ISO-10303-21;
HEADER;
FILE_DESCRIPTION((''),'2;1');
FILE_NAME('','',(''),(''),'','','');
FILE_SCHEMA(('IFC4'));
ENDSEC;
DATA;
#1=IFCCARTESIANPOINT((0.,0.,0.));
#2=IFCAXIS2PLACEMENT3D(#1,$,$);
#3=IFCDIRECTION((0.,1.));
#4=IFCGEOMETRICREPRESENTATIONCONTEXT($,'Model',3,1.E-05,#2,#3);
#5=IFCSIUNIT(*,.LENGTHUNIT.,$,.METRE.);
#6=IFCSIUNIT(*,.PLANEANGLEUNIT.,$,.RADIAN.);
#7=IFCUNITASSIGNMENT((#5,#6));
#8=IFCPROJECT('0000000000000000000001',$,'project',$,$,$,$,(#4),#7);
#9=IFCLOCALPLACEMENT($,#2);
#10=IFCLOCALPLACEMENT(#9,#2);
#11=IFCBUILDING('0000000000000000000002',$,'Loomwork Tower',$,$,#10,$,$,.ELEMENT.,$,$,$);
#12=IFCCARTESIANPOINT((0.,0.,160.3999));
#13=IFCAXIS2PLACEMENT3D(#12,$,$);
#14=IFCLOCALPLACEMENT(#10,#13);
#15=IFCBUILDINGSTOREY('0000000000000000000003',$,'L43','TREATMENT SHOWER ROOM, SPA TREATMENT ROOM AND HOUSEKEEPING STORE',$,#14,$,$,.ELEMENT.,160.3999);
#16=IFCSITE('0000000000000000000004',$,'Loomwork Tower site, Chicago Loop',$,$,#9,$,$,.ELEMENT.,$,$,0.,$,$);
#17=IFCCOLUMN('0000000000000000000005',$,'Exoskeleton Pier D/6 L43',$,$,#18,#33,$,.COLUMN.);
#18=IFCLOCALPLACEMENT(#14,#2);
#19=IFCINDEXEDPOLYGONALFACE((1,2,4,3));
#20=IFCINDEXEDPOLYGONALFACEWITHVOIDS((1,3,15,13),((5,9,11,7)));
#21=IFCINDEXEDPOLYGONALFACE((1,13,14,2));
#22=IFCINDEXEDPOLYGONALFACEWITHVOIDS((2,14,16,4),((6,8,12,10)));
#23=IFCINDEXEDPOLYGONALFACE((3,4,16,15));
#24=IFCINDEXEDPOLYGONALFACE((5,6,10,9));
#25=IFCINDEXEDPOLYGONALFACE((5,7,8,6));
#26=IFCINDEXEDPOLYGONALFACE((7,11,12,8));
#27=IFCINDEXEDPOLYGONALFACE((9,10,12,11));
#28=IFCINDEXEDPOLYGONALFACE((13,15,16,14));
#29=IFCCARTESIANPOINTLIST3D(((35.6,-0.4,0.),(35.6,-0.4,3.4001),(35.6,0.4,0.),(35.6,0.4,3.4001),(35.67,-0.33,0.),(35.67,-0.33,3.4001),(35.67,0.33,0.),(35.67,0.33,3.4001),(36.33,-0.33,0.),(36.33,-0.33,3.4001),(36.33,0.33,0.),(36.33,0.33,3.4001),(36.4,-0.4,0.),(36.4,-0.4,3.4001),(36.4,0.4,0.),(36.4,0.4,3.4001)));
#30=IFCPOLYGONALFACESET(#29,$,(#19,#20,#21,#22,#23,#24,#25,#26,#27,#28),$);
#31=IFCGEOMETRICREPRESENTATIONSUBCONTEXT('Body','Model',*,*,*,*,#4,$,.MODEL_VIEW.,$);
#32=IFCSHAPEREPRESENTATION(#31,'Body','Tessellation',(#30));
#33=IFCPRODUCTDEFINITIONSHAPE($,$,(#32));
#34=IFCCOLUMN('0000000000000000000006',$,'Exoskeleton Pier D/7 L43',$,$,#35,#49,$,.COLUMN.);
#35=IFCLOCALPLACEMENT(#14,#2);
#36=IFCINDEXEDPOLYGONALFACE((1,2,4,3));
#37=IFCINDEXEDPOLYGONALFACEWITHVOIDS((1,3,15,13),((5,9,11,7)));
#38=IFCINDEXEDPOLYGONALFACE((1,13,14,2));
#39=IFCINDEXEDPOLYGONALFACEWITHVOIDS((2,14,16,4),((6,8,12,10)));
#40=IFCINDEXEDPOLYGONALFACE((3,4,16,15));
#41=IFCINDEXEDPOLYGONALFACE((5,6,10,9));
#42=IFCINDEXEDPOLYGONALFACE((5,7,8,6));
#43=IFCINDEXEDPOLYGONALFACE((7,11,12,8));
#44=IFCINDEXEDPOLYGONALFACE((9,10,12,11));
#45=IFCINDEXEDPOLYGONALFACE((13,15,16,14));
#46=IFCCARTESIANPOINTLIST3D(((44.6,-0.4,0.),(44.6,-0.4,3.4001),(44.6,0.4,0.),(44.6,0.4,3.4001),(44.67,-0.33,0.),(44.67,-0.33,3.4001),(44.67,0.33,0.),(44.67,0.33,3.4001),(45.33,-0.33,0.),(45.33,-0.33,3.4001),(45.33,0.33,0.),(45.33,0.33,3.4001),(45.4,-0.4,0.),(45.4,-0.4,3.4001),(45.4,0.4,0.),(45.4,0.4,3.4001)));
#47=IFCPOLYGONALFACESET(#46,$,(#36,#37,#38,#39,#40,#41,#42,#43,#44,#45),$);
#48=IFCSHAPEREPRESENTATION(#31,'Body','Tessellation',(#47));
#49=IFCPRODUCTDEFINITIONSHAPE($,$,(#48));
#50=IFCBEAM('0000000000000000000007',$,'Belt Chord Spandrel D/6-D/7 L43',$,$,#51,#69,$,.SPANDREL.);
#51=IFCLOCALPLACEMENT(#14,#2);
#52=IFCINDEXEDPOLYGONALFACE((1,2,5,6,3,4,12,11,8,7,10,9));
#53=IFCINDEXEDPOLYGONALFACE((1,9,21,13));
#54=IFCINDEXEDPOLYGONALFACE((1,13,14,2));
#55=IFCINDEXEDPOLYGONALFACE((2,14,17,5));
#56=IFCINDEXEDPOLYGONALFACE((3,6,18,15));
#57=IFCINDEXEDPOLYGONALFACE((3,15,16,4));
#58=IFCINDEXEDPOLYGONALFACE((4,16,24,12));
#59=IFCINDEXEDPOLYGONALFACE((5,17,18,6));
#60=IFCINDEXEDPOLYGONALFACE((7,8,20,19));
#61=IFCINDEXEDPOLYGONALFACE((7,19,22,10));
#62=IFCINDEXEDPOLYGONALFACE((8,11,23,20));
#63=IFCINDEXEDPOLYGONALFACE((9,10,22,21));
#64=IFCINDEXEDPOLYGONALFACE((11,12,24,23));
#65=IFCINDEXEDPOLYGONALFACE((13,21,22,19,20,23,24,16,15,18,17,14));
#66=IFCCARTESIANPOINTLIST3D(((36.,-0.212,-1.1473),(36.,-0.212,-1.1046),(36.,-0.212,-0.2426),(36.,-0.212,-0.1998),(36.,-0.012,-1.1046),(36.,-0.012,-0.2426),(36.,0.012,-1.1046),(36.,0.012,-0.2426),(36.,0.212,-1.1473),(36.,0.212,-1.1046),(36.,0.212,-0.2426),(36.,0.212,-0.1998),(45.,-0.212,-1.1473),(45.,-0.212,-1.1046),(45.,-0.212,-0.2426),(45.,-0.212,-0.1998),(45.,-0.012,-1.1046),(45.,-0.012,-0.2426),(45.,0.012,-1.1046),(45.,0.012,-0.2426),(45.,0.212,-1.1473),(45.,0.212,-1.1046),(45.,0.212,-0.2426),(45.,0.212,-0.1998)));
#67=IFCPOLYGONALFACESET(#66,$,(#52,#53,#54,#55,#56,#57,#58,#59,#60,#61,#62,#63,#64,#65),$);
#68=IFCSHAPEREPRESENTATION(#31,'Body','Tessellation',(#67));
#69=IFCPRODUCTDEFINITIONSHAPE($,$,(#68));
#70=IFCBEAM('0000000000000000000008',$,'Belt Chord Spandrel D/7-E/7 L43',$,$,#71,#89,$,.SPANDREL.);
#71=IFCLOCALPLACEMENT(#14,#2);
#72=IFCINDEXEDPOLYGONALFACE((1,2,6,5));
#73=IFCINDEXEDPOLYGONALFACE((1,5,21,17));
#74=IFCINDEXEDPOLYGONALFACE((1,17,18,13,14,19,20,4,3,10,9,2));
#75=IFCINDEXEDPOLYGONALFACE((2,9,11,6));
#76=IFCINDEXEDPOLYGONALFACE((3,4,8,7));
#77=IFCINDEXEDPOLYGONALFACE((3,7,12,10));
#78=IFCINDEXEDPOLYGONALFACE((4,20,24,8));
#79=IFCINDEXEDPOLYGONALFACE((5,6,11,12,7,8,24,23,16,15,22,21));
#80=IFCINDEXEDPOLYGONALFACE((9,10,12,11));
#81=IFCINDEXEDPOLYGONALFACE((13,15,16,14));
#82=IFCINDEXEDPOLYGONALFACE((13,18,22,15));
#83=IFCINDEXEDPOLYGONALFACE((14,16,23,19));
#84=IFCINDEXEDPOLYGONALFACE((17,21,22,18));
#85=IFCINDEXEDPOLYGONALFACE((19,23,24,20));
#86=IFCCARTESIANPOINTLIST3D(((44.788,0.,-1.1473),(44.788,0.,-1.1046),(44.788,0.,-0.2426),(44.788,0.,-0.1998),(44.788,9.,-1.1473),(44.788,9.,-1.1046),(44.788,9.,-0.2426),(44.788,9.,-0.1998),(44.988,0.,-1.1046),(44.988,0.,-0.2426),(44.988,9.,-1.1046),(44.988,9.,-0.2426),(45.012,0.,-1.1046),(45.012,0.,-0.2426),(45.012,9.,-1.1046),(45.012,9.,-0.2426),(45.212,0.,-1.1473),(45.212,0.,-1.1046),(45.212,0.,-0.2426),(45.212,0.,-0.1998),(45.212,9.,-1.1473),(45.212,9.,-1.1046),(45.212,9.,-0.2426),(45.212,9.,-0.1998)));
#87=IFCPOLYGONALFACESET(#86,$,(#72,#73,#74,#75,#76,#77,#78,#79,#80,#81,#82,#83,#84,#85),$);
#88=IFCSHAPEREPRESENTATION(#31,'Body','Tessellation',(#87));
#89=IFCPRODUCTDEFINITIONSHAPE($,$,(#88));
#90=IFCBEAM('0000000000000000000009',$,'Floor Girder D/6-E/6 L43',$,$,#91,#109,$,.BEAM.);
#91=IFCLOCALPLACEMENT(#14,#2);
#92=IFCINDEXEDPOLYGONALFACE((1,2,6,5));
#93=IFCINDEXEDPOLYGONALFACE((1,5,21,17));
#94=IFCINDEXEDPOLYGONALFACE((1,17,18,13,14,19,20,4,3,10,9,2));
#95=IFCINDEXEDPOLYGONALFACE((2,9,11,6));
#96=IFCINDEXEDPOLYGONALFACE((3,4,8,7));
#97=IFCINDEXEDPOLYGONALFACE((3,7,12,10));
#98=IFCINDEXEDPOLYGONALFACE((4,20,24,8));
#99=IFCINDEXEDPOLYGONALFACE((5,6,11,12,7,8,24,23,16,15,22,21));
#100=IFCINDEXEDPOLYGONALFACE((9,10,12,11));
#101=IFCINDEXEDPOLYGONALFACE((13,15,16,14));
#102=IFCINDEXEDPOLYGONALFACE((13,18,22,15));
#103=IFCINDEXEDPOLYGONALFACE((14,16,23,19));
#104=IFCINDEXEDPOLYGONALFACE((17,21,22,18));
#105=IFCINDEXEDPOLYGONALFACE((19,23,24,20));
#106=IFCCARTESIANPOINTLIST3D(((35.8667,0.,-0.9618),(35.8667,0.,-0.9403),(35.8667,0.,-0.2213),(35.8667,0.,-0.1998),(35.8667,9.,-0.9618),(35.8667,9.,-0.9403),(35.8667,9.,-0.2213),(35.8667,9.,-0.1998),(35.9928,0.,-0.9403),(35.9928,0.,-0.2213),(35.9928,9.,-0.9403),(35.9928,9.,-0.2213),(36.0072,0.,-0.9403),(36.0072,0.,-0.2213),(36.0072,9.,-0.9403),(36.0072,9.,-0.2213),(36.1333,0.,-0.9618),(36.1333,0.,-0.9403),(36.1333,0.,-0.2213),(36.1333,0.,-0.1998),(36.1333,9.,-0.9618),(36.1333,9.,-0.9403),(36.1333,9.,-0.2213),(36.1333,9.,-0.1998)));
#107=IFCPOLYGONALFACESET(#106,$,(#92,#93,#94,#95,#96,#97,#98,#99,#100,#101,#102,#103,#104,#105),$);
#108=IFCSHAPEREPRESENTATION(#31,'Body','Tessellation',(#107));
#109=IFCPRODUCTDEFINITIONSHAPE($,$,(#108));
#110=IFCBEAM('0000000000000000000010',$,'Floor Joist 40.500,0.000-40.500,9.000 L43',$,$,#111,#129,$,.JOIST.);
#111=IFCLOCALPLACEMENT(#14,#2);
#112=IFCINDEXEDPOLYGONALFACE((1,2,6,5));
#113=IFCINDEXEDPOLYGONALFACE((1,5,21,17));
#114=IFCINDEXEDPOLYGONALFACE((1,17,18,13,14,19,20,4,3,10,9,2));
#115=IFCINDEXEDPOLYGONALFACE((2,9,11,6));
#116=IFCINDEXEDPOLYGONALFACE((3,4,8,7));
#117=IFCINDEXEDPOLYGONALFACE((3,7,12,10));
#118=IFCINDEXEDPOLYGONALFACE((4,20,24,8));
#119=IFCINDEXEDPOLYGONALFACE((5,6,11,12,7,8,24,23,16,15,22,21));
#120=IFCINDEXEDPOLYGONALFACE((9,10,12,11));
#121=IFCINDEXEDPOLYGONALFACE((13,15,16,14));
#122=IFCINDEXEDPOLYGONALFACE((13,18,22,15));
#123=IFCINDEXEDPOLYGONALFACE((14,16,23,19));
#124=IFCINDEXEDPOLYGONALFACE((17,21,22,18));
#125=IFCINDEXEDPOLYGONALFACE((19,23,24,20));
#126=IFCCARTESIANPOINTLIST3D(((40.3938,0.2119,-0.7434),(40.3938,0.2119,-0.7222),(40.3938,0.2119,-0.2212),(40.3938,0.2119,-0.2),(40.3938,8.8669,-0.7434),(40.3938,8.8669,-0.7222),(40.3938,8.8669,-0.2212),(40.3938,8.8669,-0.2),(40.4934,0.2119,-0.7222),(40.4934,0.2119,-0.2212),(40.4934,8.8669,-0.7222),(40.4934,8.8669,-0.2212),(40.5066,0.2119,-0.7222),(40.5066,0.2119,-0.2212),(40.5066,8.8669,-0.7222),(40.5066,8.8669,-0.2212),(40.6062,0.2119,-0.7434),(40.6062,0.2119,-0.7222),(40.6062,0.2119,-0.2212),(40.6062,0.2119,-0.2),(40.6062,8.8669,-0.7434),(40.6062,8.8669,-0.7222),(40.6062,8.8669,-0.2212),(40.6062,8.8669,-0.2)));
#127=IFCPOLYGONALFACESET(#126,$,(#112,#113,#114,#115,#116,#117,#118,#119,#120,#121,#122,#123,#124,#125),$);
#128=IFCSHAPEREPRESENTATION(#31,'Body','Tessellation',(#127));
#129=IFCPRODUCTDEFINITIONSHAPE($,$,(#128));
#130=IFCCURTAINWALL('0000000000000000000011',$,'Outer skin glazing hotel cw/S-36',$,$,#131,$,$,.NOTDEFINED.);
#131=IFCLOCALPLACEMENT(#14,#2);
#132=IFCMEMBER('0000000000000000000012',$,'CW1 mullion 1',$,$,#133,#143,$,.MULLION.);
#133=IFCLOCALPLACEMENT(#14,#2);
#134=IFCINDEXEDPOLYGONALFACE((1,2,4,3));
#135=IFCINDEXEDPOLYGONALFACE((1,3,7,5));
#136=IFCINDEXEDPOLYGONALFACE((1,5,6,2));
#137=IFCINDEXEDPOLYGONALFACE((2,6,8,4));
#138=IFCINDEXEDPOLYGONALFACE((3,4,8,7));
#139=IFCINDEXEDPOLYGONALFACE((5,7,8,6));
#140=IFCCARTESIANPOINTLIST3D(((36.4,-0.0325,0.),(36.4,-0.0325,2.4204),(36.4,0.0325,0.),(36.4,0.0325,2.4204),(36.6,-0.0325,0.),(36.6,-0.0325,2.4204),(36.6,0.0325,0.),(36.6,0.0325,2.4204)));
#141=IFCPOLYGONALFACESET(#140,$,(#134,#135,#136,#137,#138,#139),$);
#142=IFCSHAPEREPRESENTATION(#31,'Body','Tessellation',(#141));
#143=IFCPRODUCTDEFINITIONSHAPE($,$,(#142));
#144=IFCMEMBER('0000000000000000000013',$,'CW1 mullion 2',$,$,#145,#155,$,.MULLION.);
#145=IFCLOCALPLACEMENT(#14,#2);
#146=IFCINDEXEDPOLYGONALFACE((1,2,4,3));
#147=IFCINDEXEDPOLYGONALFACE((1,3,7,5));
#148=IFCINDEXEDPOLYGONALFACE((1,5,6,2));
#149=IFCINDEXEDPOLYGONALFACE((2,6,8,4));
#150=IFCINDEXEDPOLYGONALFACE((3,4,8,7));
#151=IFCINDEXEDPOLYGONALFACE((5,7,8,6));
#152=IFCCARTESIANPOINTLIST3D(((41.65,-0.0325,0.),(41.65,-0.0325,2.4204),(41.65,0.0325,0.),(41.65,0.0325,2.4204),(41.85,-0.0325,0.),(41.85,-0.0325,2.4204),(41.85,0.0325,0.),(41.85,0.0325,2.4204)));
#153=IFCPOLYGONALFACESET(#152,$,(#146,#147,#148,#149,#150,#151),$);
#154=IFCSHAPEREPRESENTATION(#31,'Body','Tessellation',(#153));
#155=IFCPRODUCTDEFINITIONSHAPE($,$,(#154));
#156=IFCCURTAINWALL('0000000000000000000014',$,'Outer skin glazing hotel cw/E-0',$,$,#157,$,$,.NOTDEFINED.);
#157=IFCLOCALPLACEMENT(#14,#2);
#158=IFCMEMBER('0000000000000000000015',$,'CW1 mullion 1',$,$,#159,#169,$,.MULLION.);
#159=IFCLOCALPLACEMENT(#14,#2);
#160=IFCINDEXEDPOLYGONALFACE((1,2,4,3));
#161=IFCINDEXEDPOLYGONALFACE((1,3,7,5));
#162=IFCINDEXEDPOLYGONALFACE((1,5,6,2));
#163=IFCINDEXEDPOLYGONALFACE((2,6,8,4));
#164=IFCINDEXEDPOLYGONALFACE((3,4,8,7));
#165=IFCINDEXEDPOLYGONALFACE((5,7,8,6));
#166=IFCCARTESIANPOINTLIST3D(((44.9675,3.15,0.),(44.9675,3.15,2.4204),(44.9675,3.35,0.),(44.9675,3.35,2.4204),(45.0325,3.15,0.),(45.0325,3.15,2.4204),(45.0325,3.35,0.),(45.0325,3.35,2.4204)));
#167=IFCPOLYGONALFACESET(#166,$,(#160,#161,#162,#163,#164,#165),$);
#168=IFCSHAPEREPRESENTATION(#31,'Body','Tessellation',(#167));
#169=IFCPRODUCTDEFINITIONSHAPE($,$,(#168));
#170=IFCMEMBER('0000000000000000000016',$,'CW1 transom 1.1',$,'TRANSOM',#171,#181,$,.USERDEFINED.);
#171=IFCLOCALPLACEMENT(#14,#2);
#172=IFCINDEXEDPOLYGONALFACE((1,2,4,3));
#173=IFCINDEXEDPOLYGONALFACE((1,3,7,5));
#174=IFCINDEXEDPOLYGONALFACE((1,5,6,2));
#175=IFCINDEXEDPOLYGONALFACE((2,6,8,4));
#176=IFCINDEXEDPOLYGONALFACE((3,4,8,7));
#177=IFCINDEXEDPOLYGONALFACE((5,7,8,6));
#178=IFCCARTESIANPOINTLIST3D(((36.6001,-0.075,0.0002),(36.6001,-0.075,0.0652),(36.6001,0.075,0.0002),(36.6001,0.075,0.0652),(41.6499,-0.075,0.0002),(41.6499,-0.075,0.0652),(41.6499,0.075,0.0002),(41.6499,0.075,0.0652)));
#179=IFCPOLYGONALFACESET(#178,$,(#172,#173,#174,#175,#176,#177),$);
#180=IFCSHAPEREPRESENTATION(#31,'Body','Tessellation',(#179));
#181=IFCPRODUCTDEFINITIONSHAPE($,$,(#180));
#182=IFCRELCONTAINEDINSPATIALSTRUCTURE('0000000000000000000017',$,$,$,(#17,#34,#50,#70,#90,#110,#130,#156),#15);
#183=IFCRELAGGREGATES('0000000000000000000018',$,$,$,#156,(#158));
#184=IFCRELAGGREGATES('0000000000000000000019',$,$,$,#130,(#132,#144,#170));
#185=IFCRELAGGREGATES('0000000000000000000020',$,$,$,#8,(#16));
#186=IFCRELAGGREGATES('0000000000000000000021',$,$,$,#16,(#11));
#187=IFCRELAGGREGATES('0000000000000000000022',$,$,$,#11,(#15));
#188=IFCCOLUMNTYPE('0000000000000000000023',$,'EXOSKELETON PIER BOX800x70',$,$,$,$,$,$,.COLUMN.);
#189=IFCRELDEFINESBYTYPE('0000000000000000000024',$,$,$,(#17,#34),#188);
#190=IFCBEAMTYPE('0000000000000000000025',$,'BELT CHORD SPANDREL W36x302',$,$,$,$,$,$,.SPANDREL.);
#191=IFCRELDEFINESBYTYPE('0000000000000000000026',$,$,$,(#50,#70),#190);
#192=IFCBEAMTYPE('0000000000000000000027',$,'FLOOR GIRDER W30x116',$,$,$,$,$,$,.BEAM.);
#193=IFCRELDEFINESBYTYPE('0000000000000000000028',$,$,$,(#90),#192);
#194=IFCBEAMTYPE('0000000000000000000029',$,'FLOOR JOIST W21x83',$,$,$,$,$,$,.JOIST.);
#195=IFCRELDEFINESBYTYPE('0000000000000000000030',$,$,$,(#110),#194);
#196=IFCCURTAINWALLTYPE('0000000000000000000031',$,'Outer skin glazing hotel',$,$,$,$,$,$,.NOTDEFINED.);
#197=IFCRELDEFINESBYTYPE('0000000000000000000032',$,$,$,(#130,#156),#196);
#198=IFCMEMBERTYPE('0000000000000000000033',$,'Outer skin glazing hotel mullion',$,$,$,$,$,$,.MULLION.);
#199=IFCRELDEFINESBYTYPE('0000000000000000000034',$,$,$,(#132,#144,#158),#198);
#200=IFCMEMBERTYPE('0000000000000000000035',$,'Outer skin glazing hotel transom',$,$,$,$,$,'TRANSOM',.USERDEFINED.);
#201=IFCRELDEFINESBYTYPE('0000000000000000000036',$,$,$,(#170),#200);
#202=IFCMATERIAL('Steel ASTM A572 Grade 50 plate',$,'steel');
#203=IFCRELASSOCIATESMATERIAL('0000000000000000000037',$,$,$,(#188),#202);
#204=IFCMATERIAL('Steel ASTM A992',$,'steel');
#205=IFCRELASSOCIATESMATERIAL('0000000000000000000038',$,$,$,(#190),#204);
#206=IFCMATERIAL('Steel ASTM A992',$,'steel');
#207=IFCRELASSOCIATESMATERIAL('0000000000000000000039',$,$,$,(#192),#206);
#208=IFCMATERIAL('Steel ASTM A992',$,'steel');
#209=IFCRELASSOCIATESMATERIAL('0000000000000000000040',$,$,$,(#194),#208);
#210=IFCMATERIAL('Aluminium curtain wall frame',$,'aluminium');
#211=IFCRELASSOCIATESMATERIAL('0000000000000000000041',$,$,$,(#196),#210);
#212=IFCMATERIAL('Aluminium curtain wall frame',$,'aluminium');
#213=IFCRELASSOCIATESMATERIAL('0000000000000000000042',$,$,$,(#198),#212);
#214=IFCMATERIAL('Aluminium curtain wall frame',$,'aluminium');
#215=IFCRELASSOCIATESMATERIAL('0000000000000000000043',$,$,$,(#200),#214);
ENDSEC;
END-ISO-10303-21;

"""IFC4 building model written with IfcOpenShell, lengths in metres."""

from ifc_helpers import new_model, si_unit, direction, frame, origin, origin_2d, place, context, subcontext, project, spatial, rectangle, hollow_rectangle, i_section, extrude, material, material_profile, profile_set, type_object, element, aggregate, save


model = new_model("IFC4")

# Units and contexts
model_context = context("Model", 3, precision=1e-05, world=origin(), true_north=direction((0.0, 1.0)))
body_context = subcontext(model_context, "Body", "Model", "MODEL_VIEW")
ifc_project = project(units=[si_unit("LENGTHUNIT", "METRE"), si_unit("PLANEANGLEUNIT", "RADIAN")], contexts=[model_context])

# Site, building, storey
site_placement = place(None, origin())
site = spatial("IfcSite", under=ifc_project, at=site_placement, Name="Loomwork Tower site, Chicago Loop", CompositionType="ELEMENT", RefElevation=0.0)
building_placement = place(site_placement, origin())
building = spatial("IfcBuilding", under=site, at=building_placement, Name="Loomwork Tower", CompositionType="ELEMENT")
storey_placement = place(building_placement, frame((0.0, 0.0, 160.3999)))
storey = spatial("IfcBuildingStorey", under=building, at=storey_placement, Name="L43", Description="TREATMENT SHOWER ROOM, SPA TREATMENT ROOM AND HOUSEKEEPING STORE", CompositionType="ELEMENT", Elevation=160.3999)

# Columns
ifc_material_1 = material(Name="Steel ASTM A572 Grade 50 plate", Category="steel")
ifc_material_profile_1 = material_profile(ifc_material_1, hollow_rectangle(XDim=0.8, YDim=0.8, WallThickness=0.0701, at=origin_2d()), Name="BOX800x70")
ifc_profile_set_1 = profile_set([ifc_material_profile_1], Name="Steel ASTM A572 Grade 50 plate")
column_type = type_object("IfcColumnType", Name="EXOSKELETON PIER BOX800x70", PredefinedType="COLUMN", material=ifc_profile_set_1)
for number, where, z_axis, x_axis, name in (
    (1, (36.0, 0.0, 0.0), (0.0, 0.0, 1.0), (1.0, 0.0, 0.0), "Exoskeleton Pier D/6 L43"),
    (2, (45.0, 0.0, 0.0), (0.0, 0.0, 1.0), (1.0, 0.0, 0.0), "Exoskeleton Pier D/7 L43"),
):
    element("IfcColumn", number, at=place(storey_placement, frame(where, z_axis=z_axis, x_axis=x_axis)), inside=storey, type_object=column_type, Name=name, PredefinedType="COLUMN", context=body_context, shape_type="SweptSolid", body=[
        extrude(hollow_rectangle(XDim=0.8, YDim=0.8, WallThickness=0.0701, at=origin_2d()), origin(), (0.0, 0.0, 1.0), 3.4001),
    ])

# Beams
ifc_material_2 = material(Name="Steel ASTM A992", Category="steel")
ifc_material_profile_2 = material_profile(ifc_material_2, i_section(OverallWidth=0.4241, OverallDepth=0.9475, WebThickness=0.0239, FlangeThickness=0.0427, at=origin_2d()), Name="W36x302")
ifc_profile_set_2 = profile_set([ifc_material_profile_2], Name="Steel ASTM A992")
beam_type_1 = type_object("IfcBeamType", Name="BELT CHORD SPANDREL W36x302", PredefinedType="SPANDREL", material=ifc_profile_set_2)
for number, where, z_axis, x_axis, name in (
    (3, (36.0, 0.0, -0.6736), (1.0, 0.0, 0.0), (0.0, 1.0, 0.0), "Belt Chord Spandrel D/6-D/7 L43"),
    (4, (45.0, 0.0, -0.6736), (0.0, 1.0, 0.0), (-1.0, 0.0, 0.0), "Belt Chord Spandrel D/7-E/7 L43"),
):
    element("IfcBeam", number, at=place(storey_placement, frame(where, z_axis=z_axis, x_axis=x_axis)), inside=storey, type_object=beam_type_1, Name=name, PredefinedType="SPANDREL", context=body_context, shape_type="SweptSolid", body=[
        extrude(i_section(OverallWidth=0.4241, OverallDepth=0.9475, WebThickness=0.0239, FlangeThickness=0.0427, at=origin_2d()), origin(), (0.0, 0.0, 1.0), 9.0),
    ])
ifc_material_3 = material(Name="Steel ASTM A992", Category="steel")
ifc_material_profile_3 = material_profile(ifc_material_3, i_section(OverallWidth=0.2666, OverallDepth=0.762, WebThickness=0.0144, FlangeThickness=0.0215, at=origin_2d()), Name="W30x116")
ifc_profile_set_3 = profile_set([ifc_material_profile_3], Name="Steel ASTM A992")
beam_type_2 = type_object("IfcBeamType", Name="FLOOR GIRDER W30x116", PredefinedType="BEAM", material=ifc_profile_set_3)
beam_1_placement = place(storey_placement, frame((36.0, 0.0, -0.5808), z_axis=(0.0, 1.0, 0.0), x_axis=(-1.0, 0.0, 0.0)))
element("IfcBeam", 5, at=beam_1_placement, inside=storey, type_object=beam_type_2, Name="Floor Girder D/6-E/6 L43", PredefinedType="BEAM", context=body_context, shape_type="SweptSolid", body=[
    extrude(i_section(OverallWidth=0.2666, OverallDepth=0.762, WebThickness=0.0144, FlangeThickness=0.0215, at=origin_2d()), origin(), (0.0, 0.0, 1.0), 9.0),
])
ifc_material_4 = material(Name="Steel ASTM A992", Category="steel")
ifc_material_profile_4 = material_profile(ifc_material_4, i_section(OverallWidth=0.2124, OverallDepth=0.5435, WebThickness=0.0132, FlangeThickness=0.0212, at=origin_2d()), Name="W21x83")
ifc_profile_set_4 = profile_set([ifc_material_profile_4], Name="Steel ASTM A992")
beam_type_3 = type_object("IfcBeamType", Name="FLOOR JOIST W21x83", PredefinedType="JOIST", material=ifc_profile_set_4)
beam_2_placement = place(storey_placement, frame((40.5, 0.2119, -0.4717), z_axis=(0.0, 1.0, 0.0), x_axis=(-1.0, 0.0, 0.0)))
element("IfcBeam", 6, at=beam_2_placement, inside=storey, type_object=beam_type_3, Name="Floor Joist 40.500,0.000-40.500,9.000 L43", PredefinedType="JOIST", context=body_context, shape_type="SweptSolid", body=[
    extrude(i_section(OverallWidth=0.2124, OverallDepth=0.5435, WebThickness=0.0132, FlangeThickness=0.0212, at=origin_2d()), origin(), (0.0, 0.0, 1.0), 8.655),
])

# Curtain wall, members
ifc_material_5 = material(Name="Aluminium curtain wall frame", Category="aluminium")
curtain_wall_type = type_object("IfcCurtainWallType", Name="Outer skin glazing hotel", PredefinedType="NOTDEFINED", material=ifc_material_5)
curtain_wall_1_placement = place(storey_placement, origin())
curtain_wall_1 = element("IfcCurtainWall", 7, at=curtain_wall_1_placement, inside=storey, type_object=curtain_wall_type, Name="Outer skin glazing hotel cw/S-36", PredefinedType="NOTDEFINED")
ifc_material_6 = material(Name="Aluminium curtain wall frame", Category="aluminium")
ifc_material_profile_5 = material_profile(ifc_material_6, rectangle(XDim=0.0649, YDim=0.2, at=origin_2d()), Name="AL 65x200")
ifc_profile_set_5 = profile_set([ifc_material_profile_5], Name="Aluminium curtain wall frame")
member_type_1 = type_object("IfcMemberType", Name="Outer skin glazing hotel mullion", PredefinedType="MULLION", material=ifc_profile_set_5)
member_1_placement = place(storey_placement, frame((36.5, 0.0, 0.0), z_axis=(0.0, 0.0, 1.0), x_axis=(0.0, 1.0, 0.0)))
member_1 = element("IfcMember", 8, at=member_1_placement, type_object=member_type_1, Name="CW1 mullion 1", PredefinedType="MULLION", context=body_context, shape_type="SweptSolid", body=[
    extrude(rectangle(XDim=0.0649, YDim=0.2, at=origin_2d()), origin(), (0.0, 0.0, 1.0), 2.4204),
])
member_2_placement = place(storey_placement, frame((41.75, 0.0, 0.0), z_axis=(0.0, 0.0, 1.0), x_axis=(0.0, 1.0, 0.0)))
member_2 = element("IfcMember", 9, at=member_2_placement, type_object=member_type_1, Name="CW1 mullion 2", PredefinedType="MULLION", context=body_context, shape_type="SweptSolid", body=[
    extrude(rectangle(XDim=0.0649, YDim=0.2, at=origin_2d()), origin(), (0.0, 0.0, 1.0), 2.4204),
])

# Curtain wall, member
curtain_wall_2_placement = place(storey_placement, origin())
curtain_wall_2 = element("IfcCurtainWall", 10, at=curtain_wall_2_placement, inside=storey, type_object=curtain_wall_type, Name="Outer skin glazing hotel cw/E-0", PredefinedType="NOTDEFINED")
member_3_placement = place(storey_placement, frame((45.0, 3.25, 0.0), z_axis=(0.0, 0.0, 1.0), x_axis=(-1.0, 0.0, 0.0)))
member_3 = element("IfcMember", 11, at=member_3_placement, type_object=member_type_1, Name="CW1 mullion 1", PredefinedType="MULLION", context=body_context, shape_type="SweptSolid", body=[
    extrude(rectangle(XDim=0.0649, YDim=0.2, at=origin_2d()), origin(), (0.0, 0.0, 1.0), 2.4204),
])

# Member
ifc_material_7 = material(Name="Aluminium curtain wall frame", Category="aluminium")
ifc_material_profile_6 = material_profile(ifc_material_7, rectangle(XDim=0.1499, YDim=0.0649, at=origin_2d()), Name="AL 65x150")
ifc_profile_set_6 = profile_set([ifc_material_profile_6], Name="Aluminium curtain wall frame")
member_type_2 = type_object("IfcMemberType", Name="Outer skin glazing hotel transom", ElementType="TRANSOM", PredefinedType="USERDEFINED", material=ifc_profile_set_6)
member_4_placement = place(storey_placement, frame((36.6001, 0.0, 0.0327), z_axis=(1.0, 0.0, 0.0), x_axis=(0.0, 1.0, 0.0)))
member_4 = element("IfcMember", 12, at=member_4_placement, type_object=member_type_2, Name="CW1 transom 1.1", ObjectType="TRANSOM", PredefinedType="USERDEFINED", context=body_context, shape_type="SweptSolid", body=[
    extrude(rectangle(XDim=0.1499, YDim=0.0649, at=origin_2d()), origin(), (0.0, 0.0, 1.0), 5.0498),
])
aggregate(curtain_wall_2, [member_3])

aggregate(curtain_wall_1, [member_1, member_2, member_4])

save(model, "model.ifc")
